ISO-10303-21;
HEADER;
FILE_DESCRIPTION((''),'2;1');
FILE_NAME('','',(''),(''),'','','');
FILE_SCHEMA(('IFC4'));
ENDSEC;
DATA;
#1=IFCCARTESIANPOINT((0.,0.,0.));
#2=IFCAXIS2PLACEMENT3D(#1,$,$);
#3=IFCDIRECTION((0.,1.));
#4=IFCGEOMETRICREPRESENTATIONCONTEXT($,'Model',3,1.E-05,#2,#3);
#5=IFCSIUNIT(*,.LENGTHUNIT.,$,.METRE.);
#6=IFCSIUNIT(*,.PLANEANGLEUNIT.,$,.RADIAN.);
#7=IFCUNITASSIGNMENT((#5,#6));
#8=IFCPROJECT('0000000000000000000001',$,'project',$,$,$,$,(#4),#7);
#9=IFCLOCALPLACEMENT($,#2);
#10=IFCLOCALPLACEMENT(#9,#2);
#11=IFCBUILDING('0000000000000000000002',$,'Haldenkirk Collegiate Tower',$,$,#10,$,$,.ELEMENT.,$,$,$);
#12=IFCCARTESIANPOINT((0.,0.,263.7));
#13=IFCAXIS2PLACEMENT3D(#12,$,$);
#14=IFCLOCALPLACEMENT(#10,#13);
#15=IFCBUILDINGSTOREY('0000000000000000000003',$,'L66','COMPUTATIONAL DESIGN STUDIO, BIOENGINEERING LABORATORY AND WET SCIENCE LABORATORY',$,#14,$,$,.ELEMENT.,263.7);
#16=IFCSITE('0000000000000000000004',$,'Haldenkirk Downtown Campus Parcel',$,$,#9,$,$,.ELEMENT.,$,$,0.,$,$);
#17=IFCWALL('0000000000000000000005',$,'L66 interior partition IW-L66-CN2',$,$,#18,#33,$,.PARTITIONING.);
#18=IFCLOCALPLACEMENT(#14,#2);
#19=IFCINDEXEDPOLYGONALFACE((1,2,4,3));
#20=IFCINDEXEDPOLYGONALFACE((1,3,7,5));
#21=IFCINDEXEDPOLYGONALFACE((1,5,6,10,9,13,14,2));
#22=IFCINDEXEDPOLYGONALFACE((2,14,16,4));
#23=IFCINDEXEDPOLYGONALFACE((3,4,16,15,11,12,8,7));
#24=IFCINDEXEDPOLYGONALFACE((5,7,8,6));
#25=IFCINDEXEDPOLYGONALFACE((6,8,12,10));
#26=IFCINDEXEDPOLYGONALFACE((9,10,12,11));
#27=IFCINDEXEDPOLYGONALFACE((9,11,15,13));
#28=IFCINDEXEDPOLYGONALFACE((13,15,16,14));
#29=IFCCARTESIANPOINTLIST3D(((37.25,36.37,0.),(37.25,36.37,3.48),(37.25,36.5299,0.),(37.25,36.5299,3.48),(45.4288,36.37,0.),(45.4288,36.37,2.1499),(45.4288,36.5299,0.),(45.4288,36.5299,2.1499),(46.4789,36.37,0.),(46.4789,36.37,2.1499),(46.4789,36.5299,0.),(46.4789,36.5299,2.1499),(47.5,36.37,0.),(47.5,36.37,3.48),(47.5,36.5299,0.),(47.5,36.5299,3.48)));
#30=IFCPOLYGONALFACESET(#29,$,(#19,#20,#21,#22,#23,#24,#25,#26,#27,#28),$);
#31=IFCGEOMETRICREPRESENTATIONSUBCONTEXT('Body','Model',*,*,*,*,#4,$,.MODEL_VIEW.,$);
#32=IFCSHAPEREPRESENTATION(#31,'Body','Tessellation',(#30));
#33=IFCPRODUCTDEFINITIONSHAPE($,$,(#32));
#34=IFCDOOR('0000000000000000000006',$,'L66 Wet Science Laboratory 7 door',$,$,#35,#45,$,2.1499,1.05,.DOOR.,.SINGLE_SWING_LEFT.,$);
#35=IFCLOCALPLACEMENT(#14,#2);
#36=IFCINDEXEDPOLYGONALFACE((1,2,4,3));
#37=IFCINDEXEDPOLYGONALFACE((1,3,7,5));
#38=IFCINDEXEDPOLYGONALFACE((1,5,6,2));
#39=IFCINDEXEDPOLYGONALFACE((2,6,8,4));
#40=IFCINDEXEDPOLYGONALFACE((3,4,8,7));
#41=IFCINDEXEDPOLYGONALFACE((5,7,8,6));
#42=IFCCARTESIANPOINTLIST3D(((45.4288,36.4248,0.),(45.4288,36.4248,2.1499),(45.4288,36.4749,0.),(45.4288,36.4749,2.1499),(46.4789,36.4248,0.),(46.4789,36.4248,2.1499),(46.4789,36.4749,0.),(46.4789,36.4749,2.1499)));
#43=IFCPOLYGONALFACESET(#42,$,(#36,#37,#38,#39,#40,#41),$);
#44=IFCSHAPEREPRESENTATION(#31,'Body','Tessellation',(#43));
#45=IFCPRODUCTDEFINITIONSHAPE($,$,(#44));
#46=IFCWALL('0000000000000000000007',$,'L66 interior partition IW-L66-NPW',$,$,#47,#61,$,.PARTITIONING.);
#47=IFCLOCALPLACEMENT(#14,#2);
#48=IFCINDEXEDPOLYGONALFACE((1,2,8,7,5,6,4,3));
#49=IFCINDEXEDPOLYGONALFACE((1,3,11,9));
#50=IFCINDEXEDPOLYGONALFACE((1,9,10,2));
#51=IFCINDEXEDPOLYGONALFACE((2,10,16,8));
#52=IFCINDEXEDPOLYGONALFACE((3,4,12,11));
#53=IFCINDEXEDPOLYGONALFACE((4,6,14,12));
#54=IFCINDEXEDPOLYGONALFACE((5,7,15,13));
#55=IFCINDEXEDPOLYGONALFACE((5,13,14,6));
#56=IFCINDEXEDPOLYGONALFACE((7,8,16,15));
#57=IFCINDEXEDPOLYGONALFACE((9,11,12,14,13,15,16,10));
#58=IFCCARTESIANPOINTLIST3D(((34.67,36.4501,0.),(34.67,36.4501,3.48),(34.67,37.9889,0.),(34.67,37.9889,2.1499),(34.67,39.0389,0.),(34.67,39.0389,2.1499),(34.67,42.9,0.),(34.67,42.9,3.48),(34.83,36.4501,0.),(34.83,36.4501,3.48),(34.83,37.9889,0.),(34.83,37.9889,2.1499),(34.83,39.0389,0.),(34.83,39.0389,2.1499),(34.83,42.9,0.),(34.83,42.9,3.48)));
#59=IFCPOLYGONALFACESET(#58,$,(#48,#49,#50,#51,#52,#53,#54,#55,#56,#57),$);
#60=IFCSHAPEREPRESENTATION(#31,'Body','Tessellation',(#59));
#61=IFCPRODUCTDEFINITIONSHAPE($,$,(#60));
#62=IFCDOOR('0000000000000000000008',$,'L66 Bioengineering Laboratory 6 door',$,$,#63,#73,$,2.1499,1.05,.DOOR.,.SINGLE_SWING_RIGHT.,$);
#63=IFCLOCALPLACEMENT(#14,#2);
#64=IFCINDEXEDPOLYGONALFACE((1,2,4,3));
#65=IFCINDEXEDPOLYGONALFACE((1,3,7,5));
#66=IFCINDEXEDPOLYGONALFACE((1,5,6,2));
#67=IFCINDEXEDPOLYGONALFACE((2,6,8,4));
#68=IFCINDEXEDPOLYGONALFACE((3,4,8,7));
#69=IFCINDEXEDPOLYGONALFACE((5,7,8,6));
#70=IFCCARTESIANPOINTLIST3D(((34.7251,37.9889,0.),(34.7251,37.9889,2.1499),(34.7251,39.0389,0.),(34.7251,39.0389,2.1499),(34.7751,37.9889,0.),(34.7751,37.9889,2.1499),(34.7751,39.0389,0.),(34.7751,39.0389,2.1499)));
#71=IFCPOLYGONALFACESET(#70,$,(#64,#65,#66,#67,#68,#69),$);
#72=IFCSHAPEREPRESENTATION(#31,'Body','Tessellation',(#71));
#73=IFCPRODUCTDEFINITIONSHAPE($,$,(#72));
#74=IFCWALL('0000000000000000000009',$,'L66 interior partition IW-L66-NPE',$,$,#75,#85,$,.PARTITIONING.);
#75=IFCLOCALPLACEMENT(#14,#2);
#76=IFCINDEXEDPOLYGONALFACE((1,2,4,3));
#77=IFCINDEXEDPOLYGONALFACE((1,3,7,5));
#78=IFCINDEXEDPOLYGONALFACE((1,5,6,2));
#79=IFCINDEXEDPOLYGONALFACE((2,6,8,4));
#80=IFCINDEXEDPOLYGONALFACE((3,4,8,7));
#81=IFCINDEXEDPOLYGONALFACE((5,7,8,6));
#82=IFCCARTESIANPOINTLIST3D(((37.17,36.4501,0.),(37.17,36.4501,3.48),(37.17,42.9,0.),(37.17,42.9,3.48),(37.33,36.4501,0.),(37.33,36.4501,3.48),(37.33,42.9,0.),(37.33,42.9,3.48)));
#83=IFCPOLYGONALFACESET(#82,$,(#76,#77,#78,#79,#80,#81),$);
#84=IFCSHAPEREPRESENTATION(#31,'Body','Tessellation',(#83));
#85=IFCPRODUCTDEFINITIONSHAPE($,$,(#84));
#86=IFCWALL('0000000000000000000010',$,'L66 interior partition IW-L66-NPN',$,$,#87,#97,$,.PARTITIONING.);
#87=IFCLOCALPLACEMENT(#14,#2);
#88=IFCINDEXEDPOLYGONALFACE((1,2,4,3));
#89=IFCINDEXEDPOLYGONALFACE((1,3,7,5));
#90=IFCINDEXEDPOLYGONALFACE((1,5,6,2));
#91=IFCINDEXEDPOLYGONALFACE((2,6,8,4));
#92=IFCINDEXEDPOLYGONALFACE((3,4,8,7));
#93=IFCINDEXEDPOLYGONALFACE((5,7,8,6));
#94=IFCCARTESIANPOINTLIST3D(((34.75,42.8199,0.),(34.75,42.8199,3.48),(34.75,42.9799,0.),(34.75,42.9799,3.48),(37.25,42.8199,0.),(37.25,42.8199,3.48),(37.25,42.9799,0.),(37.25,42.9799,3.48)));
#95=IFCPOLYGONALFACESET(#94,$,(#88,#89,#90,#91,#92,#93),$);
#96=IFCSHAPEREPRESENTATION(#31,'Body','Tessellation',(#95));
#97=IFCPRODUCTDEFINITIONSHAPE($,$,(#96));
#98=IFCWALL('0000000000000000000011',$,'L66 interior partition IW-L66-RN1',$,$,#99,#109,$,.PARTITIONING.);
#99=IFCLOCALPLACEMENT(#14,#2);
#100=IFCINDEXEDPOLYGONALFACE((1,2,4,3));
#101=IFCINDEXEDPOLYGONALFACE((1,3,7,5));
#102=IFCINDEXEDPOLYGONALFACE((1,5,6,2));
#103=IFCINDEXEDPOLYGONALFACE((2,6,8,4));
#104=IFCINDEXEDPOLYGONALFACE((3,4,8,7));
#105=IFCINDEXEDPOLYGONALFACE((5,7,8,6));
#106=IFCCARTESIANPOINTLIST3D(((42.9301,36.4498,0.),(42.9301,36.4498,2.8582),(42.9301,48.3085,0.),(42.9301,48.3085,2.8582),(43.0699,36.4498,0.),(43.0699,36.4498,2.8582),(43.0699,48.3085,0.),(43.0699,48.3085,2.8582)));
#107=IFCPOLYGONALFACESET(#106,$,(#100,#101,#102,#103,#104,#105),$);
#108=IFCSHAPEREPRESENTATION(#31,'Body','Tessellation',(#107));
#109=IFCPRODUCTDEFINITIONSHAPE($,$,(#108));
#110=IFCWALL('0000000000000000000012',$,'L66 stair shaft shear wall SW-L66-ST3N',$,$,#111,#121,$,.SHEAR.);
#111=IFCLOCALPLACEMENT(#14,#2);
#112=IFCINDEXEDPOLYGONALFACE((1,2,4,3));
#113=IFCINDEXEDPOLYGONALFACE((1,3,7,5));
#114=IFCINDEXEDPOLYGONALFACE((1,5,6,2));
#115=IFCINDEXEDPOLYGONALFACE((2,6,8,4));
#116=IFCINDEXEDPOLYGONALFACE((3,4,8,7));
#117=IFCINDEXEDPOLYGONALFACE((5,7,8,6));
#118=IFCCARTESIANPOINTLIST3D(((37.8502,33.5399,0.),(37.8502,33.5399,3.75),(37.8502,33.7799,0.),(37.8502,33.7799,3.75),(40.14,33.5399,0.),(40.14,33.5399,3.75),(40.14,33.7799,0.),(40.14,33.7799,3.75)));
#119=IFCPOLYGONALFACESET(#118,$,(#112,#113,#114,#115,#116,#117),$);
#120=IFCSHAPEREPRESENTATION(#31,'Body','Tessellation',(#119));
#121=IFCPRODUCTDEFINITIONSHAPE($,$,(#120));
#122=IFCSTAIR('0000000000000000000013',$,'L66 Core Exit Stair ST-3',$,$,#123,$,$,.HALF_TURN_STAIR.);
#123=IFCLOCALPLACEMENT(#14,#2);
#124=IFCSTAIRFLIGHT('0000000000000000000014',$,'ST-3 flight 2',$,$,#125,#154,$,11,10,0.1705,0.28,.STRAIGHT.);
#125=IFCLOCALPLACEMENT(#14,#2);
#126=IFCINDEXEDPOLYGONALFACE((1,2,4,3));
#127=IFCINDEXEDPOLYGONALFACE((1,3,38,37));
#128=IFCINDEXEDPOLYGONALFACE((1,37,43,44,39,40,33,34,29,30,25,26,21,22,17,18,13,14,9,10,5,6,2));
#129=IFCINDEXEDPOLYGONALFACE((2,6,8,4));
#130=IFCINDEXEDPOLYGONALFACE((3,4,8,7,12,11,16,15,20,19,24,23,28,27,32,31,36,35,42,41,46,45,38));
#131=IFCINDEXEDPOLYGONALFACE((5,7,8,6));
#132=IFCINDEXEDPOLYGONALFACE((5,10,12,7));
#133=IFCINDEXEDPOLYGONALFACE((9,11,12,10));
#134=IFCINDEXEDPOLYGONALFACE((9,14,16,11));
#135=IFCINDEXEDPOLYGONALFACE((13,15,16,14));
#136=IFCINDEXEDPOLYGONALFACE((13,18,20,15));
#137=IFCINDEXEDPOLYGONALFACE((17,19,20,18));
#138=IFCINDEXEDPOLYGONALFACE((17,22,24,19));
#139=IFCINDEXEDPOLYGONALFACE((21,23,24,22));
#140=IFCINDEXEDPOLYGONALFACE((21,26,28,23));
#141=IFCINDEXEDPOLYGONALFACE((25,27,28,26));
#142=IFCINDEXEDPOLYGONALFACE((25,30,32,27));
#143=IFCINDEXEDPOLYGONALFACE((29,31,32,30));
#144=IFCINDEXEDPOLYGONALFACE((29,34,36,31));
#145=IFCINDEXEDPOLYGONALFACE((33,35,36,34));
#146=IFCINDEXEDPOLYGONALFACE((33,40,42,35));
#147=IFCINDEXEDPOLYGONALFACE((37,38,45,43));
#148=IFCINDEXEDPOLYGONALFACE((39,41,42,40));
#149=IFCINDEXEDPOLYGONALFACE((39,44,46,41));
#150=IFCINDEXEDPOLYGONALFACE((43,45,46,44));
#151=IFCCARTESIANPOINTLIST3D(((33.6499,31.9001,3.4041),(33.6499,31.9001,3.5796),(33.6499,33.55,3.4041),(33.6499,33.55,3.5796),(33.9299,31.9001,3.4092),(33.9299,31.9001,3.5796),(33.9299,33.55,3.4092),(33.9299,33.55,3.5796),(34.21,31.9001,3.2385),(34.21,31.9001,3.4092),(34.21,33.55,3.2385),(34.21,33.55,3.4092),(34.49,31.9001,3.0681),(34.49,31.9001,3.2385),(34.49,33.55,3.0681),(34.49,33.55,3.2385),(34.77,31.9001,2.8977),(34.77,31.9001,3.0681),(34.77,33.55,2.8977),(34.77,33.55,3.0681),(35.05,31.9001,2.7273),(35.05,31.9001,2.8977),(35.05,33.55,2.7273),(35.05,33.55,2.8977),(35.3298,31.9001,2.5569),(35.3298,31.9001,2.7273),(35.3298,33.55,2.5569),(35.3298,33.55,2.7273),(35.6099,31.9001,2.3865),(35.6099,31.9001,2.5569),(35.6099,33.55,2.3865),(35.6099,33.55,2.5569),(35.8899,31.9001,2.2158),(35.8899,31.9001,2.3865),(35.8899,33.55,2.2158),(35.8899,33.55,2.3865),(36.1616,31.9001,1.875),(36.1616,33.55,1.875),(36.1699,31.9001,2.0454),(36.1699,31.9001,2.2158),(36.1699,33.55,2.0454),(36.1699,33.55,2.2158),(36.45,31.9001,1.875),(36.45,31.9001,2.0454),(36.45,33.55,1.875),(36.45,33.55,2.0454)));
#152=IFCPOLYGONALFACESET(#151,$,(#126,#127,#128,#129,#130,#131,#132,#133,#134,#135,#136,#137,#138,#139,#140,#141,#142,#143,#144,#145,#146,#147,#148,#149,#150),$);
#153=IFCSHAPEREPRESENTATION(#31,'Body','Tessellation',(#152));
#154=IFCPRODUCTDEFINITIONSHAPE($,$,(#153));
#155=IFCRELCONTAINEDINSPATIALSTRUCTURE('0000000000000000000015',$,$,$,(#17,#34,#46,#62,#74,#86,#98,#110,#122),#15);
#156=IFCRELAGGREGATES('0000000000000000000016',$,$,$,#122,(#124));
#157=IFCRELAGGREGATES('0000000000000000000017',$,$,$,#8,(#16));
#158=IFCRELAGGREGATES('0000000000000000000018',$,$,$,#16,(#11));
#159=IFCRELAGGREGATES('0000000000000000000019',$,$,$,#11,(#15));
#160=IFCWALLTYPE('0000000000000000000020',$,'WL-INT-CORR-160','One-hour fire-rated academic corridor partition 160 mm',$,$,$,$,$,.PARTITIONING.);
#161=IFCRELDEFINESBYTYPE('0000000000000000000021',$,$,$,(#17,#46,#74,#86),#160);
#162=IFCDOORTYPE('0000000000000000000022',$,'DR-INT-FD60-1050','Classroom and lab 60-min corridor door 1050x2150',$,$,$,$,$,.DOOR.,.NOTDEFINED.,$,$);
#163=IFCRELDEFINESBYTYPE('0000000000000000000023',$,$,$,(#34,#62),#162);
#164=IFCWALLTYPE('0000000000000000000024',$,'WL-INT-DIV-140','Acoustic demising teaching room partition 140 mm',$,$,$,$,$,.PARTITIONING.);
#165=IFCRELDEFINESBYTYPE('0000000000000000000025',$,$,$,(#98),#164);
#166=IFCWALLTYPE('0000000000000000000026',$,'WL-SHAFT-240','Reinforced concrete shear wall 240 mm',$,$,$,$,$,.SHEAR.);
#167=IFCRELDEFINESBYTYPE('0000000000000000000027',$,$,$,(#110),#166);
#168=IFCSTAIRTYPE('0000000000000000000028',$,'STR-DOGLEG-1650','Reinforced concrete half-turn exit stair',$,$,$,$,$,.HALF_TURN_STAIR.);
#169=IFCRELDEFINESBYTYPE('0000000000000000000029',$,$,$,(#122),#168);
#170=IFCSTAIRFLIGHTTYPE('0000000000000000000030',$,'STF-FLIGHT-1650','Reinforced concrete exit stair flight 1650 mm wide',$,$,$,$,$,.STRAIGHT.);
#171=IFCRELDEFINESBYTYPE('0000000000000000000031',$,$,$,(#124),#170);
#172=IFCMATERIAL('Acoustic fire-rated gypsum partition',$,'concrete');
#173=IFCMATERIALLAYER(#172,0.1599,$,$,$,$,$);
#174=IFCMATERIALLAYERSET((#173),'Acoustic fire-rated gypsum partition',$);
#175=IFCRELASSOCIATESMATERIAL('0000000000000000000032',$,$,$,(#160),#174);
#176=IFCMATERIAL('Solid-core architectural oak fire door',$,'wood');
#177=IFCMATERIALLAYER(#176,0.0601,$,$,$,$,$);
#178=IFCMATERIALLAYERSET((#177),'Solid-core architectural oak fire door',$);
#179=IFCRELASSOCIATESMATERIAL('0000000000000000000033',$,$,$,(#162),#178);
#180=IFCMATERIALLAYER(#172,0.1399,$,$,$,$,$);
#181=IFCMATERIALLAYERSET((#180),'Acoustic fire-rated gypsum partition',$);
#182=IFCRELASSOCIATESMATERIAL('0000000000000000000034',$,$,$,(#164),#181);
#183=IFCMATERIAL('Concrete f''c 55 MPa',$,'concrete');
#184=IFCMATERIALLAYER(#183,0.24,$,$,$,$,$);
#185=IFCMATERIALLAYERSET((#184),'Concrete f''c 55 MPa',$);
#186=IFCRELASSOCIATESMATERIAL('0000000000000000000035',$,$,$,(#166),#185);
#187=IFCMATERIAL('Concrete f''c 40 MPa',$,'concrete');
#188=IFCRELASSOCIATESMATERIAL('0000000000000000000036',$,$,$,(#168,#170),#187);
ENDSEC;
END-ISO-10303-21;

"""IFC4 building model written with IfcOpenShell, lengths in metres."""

from ifc_helpers import new_model, si_unit, direction, frame, frame_2d, origin, place, context, subcontext, project, spatial, polyline, rectangle, outline, extrude, material, layer, layer_set, type_object, element, fill, aggregate, save


model = new_model("IFC4")

# Units and contexts
model_context = context("Model", 3, precision=1e-05, world=origin(), true_north=direction((0.0, 1.0)))
body_context = subcontext(model_context, "Body", "Model", "MODEL_VIEW")
ifc_project = project(units=[si_unit("LENGTHUNIT", "METRE"), si_unit("PLANEANGLEUNIT", "RADIAN")], contexts=[model_context])

# Site, building, storey
site_placement = place(None, origin())
site = spatial("IfcSite", under=ifc_project, at=site_placement, Name="Haldenkirk Downtown Campus Parcel", CompositionType="ELEMENT", RefElevation=0.0)
building_placement = place(site_placement, origin())
building = spatial("IfcBuilding", under=site, at=building_placement, Name="Haldenkirk Collegiate Tower", CompositionType="ELEMENT")
storey_placement = place(building_placement, frame((0.0, 0.0, 263.7)))
storey = spatial("IfcBuildingStorey", under=building, at=storey_placement, Name="L66", Description="COMPUTATIONAL DESIGN STUDIO, BIOENGINEERING LABORATORY AND WET SCIENCE LABORATORY", CompositionType="ELEMENT", Elevation=263.7)

# Walls, openings, doors
ifc_material_1 = material(Name="Acoustic fire-rated gypsum partition", Category="concrete")
ifc_layer_1 = layer(ifc_material_1, 0.1599)
ifc_layer_set_1 = layer_set([ifc_layer_1], Name="Acoustic fire-rated gypsum partition")
wall_type_1 = type_object("IfcWallType", Name="WL-INT-CORR-160", Description="One-hour fire-rated academic corridor partition 160 mm", PredefinedType="PARTITIONING", material=ifc_layer_set_1)
wall_1_placement = place(storey_placement, frame((37.25, 36.45, 0.0), z_axis=(0.0, 0.0, 1.0), x_axis=(1.0, 0.0, 0.0)))
wall_1 = element("IfcWall", 1, at=wall_1_placement, inside=storey, type_object=wall_type_1, Name="L66 interior partition IW-L66-CN2", PredefinedType="PARTITIONING", context=body_context, shape_type="SweptSolid", body=[
    extrude(rectangle(XDim=10.25, YDim=0.1599, at=frame_2d((5.125, 0.0))), origin(), (0.0, 0.0, 1.0), 3.48),
])
opening_1_placement = place(wall_1_placement, frame((8.179, 0.0, 0.0)))
opening_1 = element("IfcOpeningElement", 2, at=opening_1_placement, cuts=wall_1, PredefinedType="OPENING", context=body_context, shape_type="SweptSolid", body=[
    extrude(rectangle(XDim=1.05, YDim=2.1499, at=frame_2d((0.5249, 1.075))), frame((0.0, 0.0898, 0.0), z_axis=(0.0, -1.0, 0.0), x_axis=(1.0, 0.0, 0.0)), (0.0, 0.0, 1.0), 0.1799),
])
ifc_material_2 = material(Name="Solid-core architectural oak fire door", Category="wood")
ifc_layer_2 = layer(ifc_material_2, 0.0601)
ifc_layer_set_2 = layer_set([ifc_layer_2], Name="Solid-core architectural oak fire door")
door_type = type_object("IfcDoorType", Name="DR-INT-FD60-1050", Description="Classroom and lab 60-min corridor door 1050x2150", OperationType="NOTDEFINED", PredefinedType="DOOR", material=ifc_layer_set_2)
door_1_placement = place(opening_1_placement, origin())
door_1 = element("IfcDoor", 3, at=door_1_placement, inside=storey, type_object=door_type, Name="L66 Wet Science Laboratory 7 door", OperationType="SINGLE_SWING_LEFT", OverallHeight=2.1499, OverallWidth=1.05, PredefinedType="DOOR", context=body_context, shape_type="SweptSolid", body=[
    extrude(rectangle(XDim=1.05, YDim=2.1499, at=frame_2d((0.5249, 1.075))), frame((0.0, 0.0249, 0.0), z_axis=(0.0, -1.0, 0.0), x_axis=(1.0, 0.0, 0.0)), (0.0, 0.0, 1.0), 0.05),
])
fill(opening_1, door_1)
wall_2_placement = place(storey_placement, frame((34.75, 36.45, 0.0), z_axis=(0.0, 0.0, 1.0), x_axis=(0.0, 1.0, 0.0)))
wall_2 = element("IfcWall", 4, at=wall_2_placement, inside=storey, type_object=wall_type_1, Name="L66 interior partition IW-L66-NPW", PredefinedType="PARTITIONING", context=body_context, shape_type="SweptSolid", body=[
    extrude(rectangle(XDim=6.45, YDim=0.1599, at=frame_2d((3.2251, 0.0))), origin(), (0.0, 0.0, 1.0), 3.48),
])
opening_2_placement = place(wall_2_placement, frame((1.5391, 0.0, 0.0)))
opening_2 = element("IfcOpeningElement", 5, at=opening_2_placement, cuts=wall_2, PredefinedType="OPENING", context=body_context, shape_type="SweptSolid", body=[
    extrude(rectangle(XDim=1.05, YDim=2.1499, at=frame_2d((0.5249, 1.075))), frame((0.0, 0.0898, 0.0), z_axis=(0.0, -1.0, 0.0), x_axis=(1.0, 0.0, 0.0)), (0.0, 0.0, 1.0), 0.1799),
])
door_2_placement = place(opening_2_placement, origin())
door_2 = element("IfcDoor", 6, at=door_2_placement, inside=storey, type_object=door_type, Name="L66 Bioengineering Laboratory 6 door", OperationType="SINGLE_SWING_RIGHT", OverallHeight=2.1499, OverallWidth=1.05, PredefinedType="DOOR", context=body_context, shape_type="SweptSolid", body=[
    extrude(rectangle(XDim=1.05, YDim=2.1499, at=frame_2d((0.5249, 1.075))), frame((0.0, 0.0249, 0.0), z_axis=(0.0, -1.0, 0.0), x_axis=(1.0, 0.0, 0.0)), (0.0, 0.0, 1.0), 0.05),
])
fill(opening_2, door_2)

# Walls
wall_3_placement = place(storey_placement, frame((37.25, 36.45, 0.0), z_axis=(0.0, 0.0, 1.0), x_axis=(0.0, 1.0, 0.0)))
element("IfcWall", 7, at=wall_3_placement, inside=storey, type_object=wall_type_1, Name="L66 interior partition IW-L66-NPE", PredefinedType="PARTITIONING", context=body_context, shape_type="SweptSolid", body=[
    extrude(rectangle(XDim=6.45, YDim=0.1599, at=frame_2d((3.2251, 0.0))), origin(), (0.0, 0.0, 1.0), 3.48),
])
wall_4_placement = place(storey_placement, frame((34.75, 42.8999, 0.0), z_axis=(0.0, 0.0, 1.0), x_axis=(1.0, 0.0, 0.0)))
element("IfcWall", 8, at=wall_4_placement, inside=storey, type_object=wall_type_1, Name="L66 interior partition IW-L66-NPN", PredefinedType="PARTITIONING", context=body_context, shape_type="SweptSolid", body=[
    extrude(rectangle(XDim=2.5, YDim=0.1599, at=frame_2d((1.25, 0.0))), origin(), (0.0, 0.0, 1.0), 3.48),
])
ifc_layer_3 = layer(ifc_material_1, 0.1399)
ifc_layer_set_3 = layer_set([ifc_layer_3], Name="Acoustic fire-rated gypsum partition")
wall_type_2 = type_object("IfcWallType", Name="WL-INT-DIV-140", Description="Acoustic demising teaching room partition 140 mm", PredefinedType="PARTITIONING", material=ifc_layer_set_3)
wall_5_placement = place(storey_placement, frame((43.0, 36.45, 0.0), z_axis=(0.0, 0.0, 1.0), x_axis=(0.0, 1.0, 0.0)))
element("IfcWall", 9, at=wall_5_placement, inside=storey, type_object=wall_type_2, Name="L66 interior partition IW-L66-RN1", PredefinedType="PARTITIONING", context=body_context, shape_type="SweptSolid", body=[
    extrude(rectangle(XDim=11.8586, YDim=0.1399, at=frame_2d((5.9292, 0.0))), origin(), (0.0, 0.0, 1.0), 2.8582),
])
ifc_material_3 = material(Name="Concrete f'c 55 MPa", Category="concrete")
ifc_layer_4 = layer(ifc_material_3, 0.24)
ifc_layer_set_4 = layer_set([ifc_layer_4], Name="Concrete f'c 55 MPa")
wall_type_3 = type_object("IfcWallType", Name="WL-SHAFT-240", Description="Reinforced concrete shear wall 240 mm", PredefinedType="SHEAR", material=ifc_layer_set_4)
wall_6_placement = place(storey_placement, frame((37.8501, 33.6599, 0.0), z_axis=(0.0, 0.0, 1.0), x_axis=(1.0, 0.0, 0.0)))
element("IfcWall", 10, at=wall_6_placement, inside=storey, type_object=wall_type_3, Name="L66 stair shaft shear wall SW-L66-ST3N", PredefinedType="SHEAR", context=body_context, shape_type="SweptSolid", body=[
    extrude(rectangle(XDim=2.2898, YDim=0.24, at=frame_2d((1.145, 0.0))), origin(), (0.0, 0.0, 1.0), 3.75),
])

# Stair, stair flight
ifc_material_4 = material(Name="Concrete f'c 40 MPa", Category="concrete")
stair_type = type_object("IfcStairType", Name="STR-DOGLEG-1650", Description="Reinforced concrete half-turn exit stair", PredefinedType="HALF_TURN_STAIR", material=ifc_material_4)
stair_placement = place(storey_placement, origin())
stair = element("IfcStair", 11, at=stair_placement, inside=storey, type_object=stair_type, Name="L66 Core Exit Stair ST-3", PredefinedType="HALF_TURN_STAIR")
stair_flight_type = type_object("IfcStairFlightType", Name="STF-FLIGHT-1650", Description="Reinforced concrete exit stair flight 1650 mm wide", PredefinedType="STRAIGHT", material=ifc_material_4)
stair_flight_placement = place(storey_placement, frame((36.45, 32.7251, 1.875), z_axis=(0.0, 0.0, 1.0), x_axis=(-1.0, 0.0, 0.0)))
stair_flight = element("IfcStairFlight", 12, at=stair_flight_placement, type_object=stair_flight_type, Name="ST-3 flight 2", NumberOfRisers=11, NumberOfTreads=10, PredefinedType="STRAIGHT", RiserHeight=0.1705, TreadLength=0.28, context=body_context, shape_type="SweptSolid", body=[
    extrude(outline(polyline([(0.0, 0.0), (0.0, 0.1704), (0.28, 0.1704), (0.28, 0.3408), (0.5601, 0.3408), (0.5601, 0.5115), (0.8401, 0.5115), (0.8401, 0.6819), (1.1201, 0.6819), (1.1201, 0.8523), (1.3999, 0.8523), (1.3999, 1.0227), (1.6799, 1.0227), (1.6799, 1.1931), (1.96, 1.1931), (1.96, 1.3635), (2.24, 1.3635), (2.24, 1.5342), (2.52, 1.5342), (2.52, 1.7046), (2.8, 1.7046), (2.8, 1.875), (2.8, 1.5291), (0.2883, 0.0), (0.0, 0.0)])), frame((0.0, 0.825, 0.0), z_axis=(0.0, -1.0, 0.0), x_axis=(1.0, 0.0, 0.0)), (0.0, 0.0, 1.0), 1.6499),
])
aggregate(stair, [stair_flight])

save(model, "model.ifc")
